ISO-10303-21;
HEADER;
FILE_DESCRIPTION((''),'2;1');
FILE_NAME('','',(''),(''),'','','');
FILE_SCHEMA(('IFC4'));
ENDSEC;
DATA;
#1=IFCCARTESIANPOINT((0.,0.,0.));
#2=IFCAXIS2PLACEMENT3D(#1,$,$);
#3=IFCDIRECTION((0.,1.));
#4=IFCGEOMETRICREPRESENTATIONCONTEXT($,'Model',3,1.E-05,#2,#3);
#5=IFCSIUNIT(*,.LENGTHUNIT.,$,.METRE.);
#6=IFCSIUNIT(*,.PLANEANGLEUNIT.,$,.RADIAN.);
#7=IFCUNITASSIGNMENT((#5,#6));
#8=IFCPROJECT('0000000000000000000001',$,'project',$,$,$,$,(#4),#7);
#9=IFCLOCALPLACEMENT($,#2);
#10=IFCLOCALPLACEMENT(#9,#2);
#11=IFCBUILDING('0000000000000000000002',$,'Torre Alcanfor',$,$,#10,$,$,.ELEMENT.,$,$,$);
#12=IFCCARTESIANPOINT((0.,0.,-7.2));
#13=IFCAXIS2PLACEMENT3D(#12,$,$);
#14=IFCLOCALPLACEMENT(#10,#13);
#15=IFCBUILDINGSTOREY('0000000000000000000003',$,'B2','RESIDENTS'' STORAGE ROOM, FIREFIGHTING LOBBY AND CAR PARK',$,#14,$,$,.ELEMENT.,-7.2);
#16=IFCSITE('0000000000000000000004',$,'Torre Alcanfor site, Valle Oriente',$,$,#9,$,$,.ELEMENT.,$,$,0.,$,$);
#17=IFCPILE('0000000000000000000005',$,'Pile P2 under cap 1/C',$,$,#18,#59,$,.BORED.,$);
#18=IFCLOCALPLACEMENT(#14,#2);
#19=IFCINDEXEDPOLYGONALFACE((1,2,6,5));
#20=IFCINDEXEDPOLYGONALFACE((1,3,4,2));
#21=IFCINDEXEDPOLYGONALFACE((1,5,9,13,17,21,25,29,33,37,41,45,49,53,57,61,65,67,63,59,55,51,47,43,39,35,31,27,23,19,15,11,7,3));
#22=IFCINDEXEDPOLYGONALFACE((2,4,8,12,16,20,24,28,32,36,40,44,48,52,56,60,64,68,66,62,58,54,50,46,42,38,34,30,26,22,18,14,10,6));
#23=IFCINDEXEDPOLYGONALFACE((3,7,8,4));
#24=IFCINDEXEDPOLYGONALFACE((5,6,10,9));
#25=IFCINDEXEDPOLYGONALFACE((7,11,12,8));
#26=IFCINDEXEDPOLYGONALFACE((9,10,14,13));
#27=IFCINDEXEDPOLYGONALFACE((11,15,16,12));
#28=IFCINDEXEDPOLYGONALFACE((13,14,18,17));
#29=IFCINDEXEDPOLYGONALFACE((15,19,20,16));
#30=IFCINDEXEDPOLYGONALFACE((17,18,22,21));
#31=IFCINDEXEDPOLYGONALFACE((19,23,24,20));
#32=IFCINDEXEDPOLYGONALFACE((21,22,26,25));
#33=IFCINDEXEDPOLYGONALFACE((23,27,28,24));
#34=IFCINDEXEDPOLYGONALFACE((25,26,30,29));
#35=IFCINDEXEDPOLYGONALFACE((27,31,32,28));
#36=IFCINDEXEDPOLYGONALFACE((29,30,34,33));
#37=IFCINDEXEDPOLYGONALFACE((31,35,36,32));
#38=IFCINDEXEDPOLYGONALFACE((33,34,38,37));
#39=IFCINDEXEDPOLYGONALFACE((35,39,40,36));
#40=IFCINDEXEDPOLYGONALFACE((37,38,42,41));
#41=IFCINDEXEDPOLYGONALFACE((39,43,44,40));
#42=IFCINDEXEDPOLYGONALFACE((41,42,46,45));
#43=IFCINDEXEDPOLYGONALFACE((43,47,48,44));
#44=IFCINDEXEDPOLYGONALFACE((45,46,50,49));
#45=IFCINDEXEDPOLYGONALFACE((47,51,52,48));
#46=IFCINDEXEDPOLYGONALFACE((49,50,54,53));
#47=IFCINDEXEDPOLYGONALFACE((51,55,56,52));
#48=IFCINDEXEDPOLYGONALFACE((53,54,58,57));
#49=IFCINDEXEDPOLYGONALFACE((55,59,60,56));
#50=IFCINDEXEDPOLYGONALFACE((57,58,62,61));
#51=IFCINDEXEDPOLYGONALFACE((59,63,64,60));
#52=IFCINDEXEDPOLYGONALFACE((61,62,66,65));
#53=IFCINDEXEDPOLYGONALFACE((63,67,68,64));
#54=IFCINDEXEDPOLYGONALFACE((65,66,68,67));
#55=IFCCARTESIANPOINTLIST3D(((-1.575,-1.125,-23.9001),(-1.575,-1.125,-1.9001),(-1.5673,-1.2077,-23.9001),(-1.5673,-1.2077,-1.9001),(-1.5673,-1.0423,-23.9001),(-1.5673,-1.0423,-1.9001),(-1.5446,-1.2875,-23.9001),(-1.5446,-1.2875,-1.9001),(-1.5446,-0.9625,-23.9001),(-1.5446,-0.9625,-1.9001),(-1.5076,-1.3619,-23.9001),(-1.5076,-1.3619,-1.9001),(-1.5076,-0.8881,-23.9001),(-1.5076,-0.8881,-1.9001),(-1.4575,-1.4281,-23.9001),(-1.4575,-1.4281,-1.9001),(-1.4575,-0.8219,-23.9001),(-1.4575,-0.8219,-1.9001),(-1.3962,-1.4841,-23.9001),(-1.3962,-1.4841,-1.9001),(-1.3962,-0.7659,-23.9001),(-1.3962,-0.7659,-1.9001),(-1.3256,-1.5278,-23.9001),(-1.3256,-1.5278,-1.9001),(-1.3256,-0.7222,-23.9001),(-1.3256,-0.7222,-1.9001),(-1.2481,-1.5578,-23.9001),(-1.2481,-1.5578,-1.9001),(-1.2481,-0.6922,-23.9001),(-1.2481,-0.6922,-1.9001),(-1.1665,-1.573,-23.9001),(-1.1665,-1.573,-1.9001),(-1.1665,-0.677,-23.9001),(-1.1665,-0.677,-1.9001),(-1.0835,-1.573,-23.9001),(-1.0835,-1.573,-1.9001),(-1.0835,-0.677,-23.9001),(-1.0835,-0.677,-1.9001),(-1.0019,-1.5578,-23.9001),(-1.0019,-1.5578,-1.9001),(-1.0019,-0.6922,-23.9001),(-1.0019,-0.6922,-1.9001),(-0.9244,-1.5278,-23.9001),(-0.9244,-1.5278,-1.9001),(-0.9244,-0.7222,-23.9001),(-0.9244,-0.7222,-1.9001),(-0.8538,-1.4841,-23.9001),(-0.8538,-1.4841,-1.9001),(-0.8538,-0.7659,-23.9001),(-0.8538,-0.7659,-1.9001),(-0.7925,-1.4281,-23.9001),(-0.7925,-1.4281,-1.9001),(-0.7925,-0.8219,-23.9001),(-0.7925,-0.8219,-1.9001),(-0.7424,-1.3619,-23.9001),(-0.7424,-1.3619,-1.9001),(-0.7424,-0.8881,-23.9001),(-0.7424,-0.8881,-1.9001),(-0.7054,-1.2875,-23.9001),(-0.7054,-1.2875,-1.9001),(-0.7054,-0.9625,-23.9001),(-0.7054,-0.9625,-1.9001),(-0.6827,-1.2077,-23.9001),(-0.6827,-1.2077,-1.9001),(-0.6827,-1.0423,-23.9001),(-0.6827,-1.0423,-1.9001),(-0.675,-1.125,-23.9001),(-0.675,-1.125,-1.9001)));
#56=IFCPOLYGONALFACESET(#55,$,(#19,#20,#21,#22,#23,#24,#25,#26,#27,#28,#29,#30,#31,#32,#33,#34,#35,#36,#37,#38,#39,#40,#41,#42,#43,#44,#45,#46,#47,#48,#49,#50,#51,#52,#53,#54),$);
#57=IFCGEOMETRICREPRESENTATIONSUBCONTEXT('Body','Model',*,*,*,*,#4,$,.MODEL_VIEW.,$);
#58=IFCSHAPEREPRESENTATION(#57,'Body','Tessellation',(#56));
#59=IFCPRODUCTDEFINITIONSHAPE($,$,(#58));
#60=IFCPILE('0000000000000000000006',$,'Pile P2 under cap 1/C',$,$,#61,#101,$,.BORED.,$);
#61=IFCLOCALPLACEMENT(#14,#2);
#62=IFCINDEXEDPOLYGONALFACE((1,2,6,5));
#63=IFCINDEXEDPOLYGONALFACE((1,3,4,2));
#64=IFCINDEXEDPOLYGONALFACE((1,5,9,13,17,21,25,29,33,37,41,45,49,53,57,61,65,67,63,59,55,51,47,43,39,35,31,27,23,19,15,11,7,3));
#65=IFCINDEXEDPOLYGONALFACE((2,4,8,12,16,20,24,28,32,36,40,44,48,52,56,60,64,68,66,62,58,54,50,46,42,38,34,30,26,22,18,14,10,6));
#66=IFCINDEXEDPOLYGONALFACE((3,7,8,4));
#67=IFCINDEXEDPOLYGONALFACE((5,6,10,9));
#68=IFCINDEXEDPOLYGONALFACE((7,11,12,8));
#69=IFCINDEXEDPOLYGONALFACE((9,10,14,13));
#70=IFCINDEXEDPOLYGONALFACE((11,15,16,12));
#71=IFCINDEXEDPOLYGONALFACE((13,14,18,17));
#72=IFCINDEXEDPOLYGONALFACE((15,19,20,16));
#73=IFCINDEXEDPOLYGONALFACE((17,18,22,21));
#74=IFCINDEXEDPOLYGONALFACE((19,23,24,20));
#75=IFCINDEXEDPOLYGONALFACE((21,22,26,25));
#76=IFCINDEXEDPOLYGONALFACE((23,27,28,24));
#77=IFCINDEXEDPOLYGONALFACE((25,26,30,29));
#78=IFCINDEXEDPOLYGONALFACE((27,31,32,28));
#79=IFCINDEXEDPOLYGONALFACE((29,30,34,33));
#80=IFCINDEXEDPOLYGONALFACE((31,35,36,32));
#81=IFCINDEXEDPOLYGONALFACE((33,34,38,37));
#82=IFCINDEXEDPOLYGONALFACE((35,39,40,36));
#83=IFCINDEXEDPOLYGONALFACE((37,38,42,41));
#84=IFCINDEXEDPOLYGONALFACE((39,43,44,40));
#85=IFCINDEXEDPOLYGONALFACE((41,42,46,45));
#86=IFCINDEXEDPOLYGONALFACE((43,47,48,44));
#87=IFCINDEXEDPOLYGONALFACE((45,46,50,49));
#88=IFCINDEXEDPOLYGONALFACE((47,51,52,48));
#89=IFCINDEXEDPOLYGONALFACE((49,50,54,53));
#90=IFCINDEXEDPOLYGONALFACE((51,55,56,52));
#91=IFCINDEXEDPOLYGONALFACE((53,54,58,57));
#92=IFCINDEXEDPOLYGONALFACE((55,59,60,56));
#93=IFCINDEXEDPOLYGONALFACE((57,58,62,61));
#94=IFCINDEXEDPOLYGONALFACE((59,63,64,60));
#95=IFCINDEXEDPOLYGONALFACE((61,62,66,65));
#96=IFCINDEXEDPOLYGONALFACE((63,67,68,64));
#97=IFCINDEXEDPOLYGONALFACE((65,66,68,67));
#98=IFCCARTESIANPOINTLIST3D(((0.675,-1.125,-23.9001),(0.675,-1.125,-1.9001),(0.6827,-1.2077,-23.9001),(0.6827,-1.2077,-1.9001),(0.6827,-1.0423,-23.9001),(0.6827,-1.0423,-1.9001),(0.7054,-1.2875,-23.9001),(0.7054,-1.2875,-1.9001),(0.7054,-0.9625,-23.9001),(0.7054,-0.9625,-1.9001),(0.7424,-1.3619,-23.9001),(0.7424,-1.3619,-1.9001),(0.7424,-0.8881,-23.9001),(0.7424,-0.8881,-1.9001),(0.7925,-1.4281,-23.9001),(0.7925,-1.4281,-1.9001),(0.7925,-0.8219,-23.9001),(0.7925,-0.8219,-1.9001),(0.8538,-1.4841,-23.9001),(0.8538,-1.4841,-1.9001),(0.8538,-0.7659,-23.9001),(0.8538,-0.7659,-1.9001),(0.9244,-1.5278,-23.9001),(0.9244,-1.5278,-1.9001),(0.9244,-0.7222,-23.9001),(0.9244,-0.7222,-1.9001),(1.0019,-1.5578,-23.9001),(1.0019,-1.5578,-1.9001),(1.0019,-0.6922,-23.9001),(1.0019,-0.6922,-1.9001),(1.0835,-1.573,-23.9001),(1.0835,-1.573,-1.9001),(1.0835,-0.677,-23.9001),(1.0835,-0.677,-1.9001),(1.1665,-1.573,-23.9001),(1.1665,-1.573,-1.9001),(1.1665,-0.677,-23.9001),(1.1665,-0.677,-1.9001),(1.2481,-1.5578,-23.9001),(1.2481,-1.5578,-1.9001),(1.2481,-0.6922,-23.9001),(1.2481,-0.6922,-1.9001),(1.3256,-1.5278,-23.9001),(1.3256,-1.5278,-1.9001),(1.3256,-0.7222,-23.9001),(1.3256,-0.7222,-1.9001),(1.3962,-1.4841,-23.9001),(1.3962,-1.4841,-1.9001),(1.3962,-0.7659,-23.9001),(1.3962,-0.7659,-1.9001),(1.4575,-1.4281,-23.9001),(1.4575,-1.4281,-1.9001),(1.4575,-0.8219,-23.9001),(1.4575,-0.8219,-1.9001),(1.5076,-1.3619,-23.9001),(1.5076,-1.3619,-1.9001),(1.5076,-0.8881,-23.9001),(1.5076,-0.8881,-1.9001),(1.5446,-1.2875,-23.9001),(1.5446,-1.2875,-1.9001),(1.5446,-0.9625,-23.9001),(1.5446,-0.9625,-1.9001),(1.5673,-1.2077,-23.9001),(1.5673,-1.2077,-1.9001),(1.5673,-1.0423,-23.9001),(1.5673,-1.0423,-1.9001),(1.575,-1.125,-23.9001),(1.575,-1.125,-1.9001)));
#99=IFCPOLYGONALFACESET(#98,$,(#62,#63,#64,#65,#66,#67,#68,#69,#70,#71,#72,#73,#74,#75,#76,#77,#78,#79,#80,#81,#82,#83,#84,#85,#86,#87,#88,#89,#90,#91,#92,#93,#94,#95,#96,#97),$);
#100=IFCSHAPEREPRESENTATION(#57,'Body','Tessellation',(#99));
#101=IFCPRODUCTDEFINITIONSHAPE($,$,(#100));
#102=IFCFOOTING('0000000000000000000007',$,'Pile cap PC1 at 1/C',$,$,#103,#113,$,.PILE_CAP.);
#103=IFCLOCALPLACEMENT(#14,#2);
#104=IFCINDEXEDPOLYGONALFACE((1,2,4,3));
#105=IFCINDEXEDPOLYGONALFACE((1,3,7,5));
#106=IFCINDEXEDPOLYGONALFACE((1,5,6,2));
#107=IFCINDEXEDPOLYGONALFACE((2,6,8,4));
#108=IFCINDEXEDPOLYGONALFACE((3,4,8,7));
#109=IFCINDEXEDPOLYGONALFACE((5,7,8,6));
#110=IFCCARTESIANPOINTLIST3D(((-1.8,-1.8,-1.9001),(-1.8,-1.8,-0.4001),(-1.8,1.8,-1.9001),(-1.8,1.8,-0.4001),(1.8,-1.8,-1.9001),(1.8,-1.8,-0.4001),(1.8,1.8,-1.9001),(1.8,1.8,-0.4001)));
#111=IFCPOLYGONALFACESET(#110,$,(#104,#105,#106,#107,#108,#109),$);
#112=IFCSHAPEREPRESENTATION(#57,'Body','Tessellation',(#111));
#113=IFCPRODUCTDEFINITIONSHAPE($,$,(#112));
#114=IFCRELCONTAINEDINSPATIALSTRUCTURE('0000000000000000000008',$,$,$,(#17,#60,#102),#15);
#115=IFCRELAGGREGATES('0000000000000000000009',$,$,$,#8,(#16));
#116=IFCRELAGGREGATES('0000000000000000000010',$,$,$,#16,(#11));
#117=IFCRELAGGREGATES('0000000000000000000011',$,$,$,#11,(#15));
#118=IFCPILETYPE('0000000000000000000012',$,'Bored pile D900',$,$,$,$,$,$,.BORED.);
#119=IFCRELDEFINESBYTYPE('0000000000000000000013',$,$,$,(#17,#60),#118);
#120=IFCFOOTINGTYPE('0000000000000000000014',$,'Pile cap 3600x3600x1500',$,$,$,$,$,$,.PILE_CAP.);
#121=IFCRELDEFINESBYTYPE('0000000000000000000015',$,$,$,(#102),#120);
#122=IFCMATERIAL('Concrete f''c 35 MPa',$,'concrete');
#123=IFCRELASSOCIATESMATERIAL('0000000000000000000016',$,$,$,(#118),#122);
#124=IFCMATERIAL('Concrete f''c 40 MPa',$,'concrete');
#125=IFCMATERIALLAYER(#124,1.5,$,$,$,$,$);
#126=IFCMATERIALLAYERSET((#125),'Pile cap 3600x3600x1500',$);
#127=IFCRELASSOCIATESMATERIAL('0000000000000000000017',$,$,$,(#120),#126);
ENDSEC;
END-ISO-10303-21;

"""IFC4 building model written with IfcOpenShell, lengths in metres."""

from ifc_helpers import new_model, si_unit, direction, frame, origin, origin_2d, place, context, subcontext, project, spatial, rectangle, circle, extrude, material, layer, layer_set, material_profile, profile_set, type_object, element, save


model = new_model("IFC4")

# Units and contexts
model_context = context("Model", 3, precision=1e-05, world=origin(), true_north=direction((0.0, 1.0)))
body_context = subcontext(model_context, "Body", "Model", "MODEL_VIEW")
ifc_project = project(units=[si_unit("LENGTHUNIT", "METRE"), si_unit("PLANEANGLEUNIT", "RADIAN")], contexts=[model_context])

# Site, building, storey
site_placement = place(None, origin())
site = spatial("IfcSite", under=ifc_project, at=site_placement, Name="Torre Alcanfor site, Valle Oriente", CompositionType="ELEMENT", RefElevation=0.0)
building_placement = place(site_placement, origin())
building = spatial("IfcBuilding", under=site, at=building_placement, Name="Torre Alcanfor", CompositionType="ELEMENT")
storey_placement = place(building_placement, frame((0.0, 0.0, -7.2)))
storey = spatial("IfcBuildingStorey", under=building, at=storey_placement, Name="B2", Description="RESIDENTS' STORAGE ROOM, FIREFIGHTING LOBBY AND CAR PARK", CompositionType="ELEMENT", Elevation=-7.2)

# Piles
ifc_material_1 = material(Name="Concrete f'c 35 MPa", Category="concrete")
ifc_material_profile_1 = material_profile(ifc_material_1, circle(Radius=0.45, at=origin_2d()), Name="D900")
ifc_profile_set_1 = profile_set([ifc_material_profile_1], Name="Concrete f'c 35 MPa")
pile_type = type_object("IfcPileType", Name="Bored pile D900", PredefinedType="BORED", material=ifc_profile_set_1)
for number, where, z_axis, x_axis, name in (
    (1, (-1.125, -1.125, -1.9001), (0.0, 0.0, -1.0), (1.0, 0.0, 0.0), "Pile P2 under cap 1/C"),
    (2, (1.125, -1.125, -1.9001), (0.0, 0.0, -1.0), (1.0, 0.0, 0.0), "Pile P2 under cap 1/C"),
):
    element("IfcPile", number, at=place(storey_placement, frame(where, z_axis=z_axis, x_axis=x_axis)), inside=storey, type_object=pile_type, Name=name, PredefinedType="BORED", context=body_context, shape_type="SweptSolid", body=[
        extrude(circle(Radius=0.45, at=origin_2d()), origin(), (0.0, 0.0, 1.0), 22.0),
    ])

# Footing
ifc_material_2 = material(Name="Concrete f'c 40 MPa", Category="concrete")
ifc_layer_1 = layer(ifc_material_2, 1.5)
ifc_layer_set_1 = layer_set([ifc_layer_1], Name="Pile cap 3600x3600x1500")
footing_type_1 = type_object("IfcFootingType", Name="Pile cap 3600x3600x1500", PredefinedType="PILE_CAP", material=ifc_layer_set_1)
footing_1_placement = place(storey_placement, frame((0.0, 0.0, -1.9001), z_axis=(0.0, 0.0, 1.0), x_axis=(1.0, 0.0, 0.0)))
element("IfcFooting", 3, at=footing_1_placement, inside=storey, type_object=footing_type_1, Name="Pile cap PC1 at 1/C", PredefinedType="PILE_CAP", context=body_context, shape_type="SweptSolid", body=[
    extrude(rectangle(XDim=3.6001, YDim=3.6001, at=origin_2d()), origin(), (0.0, 0.0, 1.0), 1.5),
])

save(model, "model.ifc")
